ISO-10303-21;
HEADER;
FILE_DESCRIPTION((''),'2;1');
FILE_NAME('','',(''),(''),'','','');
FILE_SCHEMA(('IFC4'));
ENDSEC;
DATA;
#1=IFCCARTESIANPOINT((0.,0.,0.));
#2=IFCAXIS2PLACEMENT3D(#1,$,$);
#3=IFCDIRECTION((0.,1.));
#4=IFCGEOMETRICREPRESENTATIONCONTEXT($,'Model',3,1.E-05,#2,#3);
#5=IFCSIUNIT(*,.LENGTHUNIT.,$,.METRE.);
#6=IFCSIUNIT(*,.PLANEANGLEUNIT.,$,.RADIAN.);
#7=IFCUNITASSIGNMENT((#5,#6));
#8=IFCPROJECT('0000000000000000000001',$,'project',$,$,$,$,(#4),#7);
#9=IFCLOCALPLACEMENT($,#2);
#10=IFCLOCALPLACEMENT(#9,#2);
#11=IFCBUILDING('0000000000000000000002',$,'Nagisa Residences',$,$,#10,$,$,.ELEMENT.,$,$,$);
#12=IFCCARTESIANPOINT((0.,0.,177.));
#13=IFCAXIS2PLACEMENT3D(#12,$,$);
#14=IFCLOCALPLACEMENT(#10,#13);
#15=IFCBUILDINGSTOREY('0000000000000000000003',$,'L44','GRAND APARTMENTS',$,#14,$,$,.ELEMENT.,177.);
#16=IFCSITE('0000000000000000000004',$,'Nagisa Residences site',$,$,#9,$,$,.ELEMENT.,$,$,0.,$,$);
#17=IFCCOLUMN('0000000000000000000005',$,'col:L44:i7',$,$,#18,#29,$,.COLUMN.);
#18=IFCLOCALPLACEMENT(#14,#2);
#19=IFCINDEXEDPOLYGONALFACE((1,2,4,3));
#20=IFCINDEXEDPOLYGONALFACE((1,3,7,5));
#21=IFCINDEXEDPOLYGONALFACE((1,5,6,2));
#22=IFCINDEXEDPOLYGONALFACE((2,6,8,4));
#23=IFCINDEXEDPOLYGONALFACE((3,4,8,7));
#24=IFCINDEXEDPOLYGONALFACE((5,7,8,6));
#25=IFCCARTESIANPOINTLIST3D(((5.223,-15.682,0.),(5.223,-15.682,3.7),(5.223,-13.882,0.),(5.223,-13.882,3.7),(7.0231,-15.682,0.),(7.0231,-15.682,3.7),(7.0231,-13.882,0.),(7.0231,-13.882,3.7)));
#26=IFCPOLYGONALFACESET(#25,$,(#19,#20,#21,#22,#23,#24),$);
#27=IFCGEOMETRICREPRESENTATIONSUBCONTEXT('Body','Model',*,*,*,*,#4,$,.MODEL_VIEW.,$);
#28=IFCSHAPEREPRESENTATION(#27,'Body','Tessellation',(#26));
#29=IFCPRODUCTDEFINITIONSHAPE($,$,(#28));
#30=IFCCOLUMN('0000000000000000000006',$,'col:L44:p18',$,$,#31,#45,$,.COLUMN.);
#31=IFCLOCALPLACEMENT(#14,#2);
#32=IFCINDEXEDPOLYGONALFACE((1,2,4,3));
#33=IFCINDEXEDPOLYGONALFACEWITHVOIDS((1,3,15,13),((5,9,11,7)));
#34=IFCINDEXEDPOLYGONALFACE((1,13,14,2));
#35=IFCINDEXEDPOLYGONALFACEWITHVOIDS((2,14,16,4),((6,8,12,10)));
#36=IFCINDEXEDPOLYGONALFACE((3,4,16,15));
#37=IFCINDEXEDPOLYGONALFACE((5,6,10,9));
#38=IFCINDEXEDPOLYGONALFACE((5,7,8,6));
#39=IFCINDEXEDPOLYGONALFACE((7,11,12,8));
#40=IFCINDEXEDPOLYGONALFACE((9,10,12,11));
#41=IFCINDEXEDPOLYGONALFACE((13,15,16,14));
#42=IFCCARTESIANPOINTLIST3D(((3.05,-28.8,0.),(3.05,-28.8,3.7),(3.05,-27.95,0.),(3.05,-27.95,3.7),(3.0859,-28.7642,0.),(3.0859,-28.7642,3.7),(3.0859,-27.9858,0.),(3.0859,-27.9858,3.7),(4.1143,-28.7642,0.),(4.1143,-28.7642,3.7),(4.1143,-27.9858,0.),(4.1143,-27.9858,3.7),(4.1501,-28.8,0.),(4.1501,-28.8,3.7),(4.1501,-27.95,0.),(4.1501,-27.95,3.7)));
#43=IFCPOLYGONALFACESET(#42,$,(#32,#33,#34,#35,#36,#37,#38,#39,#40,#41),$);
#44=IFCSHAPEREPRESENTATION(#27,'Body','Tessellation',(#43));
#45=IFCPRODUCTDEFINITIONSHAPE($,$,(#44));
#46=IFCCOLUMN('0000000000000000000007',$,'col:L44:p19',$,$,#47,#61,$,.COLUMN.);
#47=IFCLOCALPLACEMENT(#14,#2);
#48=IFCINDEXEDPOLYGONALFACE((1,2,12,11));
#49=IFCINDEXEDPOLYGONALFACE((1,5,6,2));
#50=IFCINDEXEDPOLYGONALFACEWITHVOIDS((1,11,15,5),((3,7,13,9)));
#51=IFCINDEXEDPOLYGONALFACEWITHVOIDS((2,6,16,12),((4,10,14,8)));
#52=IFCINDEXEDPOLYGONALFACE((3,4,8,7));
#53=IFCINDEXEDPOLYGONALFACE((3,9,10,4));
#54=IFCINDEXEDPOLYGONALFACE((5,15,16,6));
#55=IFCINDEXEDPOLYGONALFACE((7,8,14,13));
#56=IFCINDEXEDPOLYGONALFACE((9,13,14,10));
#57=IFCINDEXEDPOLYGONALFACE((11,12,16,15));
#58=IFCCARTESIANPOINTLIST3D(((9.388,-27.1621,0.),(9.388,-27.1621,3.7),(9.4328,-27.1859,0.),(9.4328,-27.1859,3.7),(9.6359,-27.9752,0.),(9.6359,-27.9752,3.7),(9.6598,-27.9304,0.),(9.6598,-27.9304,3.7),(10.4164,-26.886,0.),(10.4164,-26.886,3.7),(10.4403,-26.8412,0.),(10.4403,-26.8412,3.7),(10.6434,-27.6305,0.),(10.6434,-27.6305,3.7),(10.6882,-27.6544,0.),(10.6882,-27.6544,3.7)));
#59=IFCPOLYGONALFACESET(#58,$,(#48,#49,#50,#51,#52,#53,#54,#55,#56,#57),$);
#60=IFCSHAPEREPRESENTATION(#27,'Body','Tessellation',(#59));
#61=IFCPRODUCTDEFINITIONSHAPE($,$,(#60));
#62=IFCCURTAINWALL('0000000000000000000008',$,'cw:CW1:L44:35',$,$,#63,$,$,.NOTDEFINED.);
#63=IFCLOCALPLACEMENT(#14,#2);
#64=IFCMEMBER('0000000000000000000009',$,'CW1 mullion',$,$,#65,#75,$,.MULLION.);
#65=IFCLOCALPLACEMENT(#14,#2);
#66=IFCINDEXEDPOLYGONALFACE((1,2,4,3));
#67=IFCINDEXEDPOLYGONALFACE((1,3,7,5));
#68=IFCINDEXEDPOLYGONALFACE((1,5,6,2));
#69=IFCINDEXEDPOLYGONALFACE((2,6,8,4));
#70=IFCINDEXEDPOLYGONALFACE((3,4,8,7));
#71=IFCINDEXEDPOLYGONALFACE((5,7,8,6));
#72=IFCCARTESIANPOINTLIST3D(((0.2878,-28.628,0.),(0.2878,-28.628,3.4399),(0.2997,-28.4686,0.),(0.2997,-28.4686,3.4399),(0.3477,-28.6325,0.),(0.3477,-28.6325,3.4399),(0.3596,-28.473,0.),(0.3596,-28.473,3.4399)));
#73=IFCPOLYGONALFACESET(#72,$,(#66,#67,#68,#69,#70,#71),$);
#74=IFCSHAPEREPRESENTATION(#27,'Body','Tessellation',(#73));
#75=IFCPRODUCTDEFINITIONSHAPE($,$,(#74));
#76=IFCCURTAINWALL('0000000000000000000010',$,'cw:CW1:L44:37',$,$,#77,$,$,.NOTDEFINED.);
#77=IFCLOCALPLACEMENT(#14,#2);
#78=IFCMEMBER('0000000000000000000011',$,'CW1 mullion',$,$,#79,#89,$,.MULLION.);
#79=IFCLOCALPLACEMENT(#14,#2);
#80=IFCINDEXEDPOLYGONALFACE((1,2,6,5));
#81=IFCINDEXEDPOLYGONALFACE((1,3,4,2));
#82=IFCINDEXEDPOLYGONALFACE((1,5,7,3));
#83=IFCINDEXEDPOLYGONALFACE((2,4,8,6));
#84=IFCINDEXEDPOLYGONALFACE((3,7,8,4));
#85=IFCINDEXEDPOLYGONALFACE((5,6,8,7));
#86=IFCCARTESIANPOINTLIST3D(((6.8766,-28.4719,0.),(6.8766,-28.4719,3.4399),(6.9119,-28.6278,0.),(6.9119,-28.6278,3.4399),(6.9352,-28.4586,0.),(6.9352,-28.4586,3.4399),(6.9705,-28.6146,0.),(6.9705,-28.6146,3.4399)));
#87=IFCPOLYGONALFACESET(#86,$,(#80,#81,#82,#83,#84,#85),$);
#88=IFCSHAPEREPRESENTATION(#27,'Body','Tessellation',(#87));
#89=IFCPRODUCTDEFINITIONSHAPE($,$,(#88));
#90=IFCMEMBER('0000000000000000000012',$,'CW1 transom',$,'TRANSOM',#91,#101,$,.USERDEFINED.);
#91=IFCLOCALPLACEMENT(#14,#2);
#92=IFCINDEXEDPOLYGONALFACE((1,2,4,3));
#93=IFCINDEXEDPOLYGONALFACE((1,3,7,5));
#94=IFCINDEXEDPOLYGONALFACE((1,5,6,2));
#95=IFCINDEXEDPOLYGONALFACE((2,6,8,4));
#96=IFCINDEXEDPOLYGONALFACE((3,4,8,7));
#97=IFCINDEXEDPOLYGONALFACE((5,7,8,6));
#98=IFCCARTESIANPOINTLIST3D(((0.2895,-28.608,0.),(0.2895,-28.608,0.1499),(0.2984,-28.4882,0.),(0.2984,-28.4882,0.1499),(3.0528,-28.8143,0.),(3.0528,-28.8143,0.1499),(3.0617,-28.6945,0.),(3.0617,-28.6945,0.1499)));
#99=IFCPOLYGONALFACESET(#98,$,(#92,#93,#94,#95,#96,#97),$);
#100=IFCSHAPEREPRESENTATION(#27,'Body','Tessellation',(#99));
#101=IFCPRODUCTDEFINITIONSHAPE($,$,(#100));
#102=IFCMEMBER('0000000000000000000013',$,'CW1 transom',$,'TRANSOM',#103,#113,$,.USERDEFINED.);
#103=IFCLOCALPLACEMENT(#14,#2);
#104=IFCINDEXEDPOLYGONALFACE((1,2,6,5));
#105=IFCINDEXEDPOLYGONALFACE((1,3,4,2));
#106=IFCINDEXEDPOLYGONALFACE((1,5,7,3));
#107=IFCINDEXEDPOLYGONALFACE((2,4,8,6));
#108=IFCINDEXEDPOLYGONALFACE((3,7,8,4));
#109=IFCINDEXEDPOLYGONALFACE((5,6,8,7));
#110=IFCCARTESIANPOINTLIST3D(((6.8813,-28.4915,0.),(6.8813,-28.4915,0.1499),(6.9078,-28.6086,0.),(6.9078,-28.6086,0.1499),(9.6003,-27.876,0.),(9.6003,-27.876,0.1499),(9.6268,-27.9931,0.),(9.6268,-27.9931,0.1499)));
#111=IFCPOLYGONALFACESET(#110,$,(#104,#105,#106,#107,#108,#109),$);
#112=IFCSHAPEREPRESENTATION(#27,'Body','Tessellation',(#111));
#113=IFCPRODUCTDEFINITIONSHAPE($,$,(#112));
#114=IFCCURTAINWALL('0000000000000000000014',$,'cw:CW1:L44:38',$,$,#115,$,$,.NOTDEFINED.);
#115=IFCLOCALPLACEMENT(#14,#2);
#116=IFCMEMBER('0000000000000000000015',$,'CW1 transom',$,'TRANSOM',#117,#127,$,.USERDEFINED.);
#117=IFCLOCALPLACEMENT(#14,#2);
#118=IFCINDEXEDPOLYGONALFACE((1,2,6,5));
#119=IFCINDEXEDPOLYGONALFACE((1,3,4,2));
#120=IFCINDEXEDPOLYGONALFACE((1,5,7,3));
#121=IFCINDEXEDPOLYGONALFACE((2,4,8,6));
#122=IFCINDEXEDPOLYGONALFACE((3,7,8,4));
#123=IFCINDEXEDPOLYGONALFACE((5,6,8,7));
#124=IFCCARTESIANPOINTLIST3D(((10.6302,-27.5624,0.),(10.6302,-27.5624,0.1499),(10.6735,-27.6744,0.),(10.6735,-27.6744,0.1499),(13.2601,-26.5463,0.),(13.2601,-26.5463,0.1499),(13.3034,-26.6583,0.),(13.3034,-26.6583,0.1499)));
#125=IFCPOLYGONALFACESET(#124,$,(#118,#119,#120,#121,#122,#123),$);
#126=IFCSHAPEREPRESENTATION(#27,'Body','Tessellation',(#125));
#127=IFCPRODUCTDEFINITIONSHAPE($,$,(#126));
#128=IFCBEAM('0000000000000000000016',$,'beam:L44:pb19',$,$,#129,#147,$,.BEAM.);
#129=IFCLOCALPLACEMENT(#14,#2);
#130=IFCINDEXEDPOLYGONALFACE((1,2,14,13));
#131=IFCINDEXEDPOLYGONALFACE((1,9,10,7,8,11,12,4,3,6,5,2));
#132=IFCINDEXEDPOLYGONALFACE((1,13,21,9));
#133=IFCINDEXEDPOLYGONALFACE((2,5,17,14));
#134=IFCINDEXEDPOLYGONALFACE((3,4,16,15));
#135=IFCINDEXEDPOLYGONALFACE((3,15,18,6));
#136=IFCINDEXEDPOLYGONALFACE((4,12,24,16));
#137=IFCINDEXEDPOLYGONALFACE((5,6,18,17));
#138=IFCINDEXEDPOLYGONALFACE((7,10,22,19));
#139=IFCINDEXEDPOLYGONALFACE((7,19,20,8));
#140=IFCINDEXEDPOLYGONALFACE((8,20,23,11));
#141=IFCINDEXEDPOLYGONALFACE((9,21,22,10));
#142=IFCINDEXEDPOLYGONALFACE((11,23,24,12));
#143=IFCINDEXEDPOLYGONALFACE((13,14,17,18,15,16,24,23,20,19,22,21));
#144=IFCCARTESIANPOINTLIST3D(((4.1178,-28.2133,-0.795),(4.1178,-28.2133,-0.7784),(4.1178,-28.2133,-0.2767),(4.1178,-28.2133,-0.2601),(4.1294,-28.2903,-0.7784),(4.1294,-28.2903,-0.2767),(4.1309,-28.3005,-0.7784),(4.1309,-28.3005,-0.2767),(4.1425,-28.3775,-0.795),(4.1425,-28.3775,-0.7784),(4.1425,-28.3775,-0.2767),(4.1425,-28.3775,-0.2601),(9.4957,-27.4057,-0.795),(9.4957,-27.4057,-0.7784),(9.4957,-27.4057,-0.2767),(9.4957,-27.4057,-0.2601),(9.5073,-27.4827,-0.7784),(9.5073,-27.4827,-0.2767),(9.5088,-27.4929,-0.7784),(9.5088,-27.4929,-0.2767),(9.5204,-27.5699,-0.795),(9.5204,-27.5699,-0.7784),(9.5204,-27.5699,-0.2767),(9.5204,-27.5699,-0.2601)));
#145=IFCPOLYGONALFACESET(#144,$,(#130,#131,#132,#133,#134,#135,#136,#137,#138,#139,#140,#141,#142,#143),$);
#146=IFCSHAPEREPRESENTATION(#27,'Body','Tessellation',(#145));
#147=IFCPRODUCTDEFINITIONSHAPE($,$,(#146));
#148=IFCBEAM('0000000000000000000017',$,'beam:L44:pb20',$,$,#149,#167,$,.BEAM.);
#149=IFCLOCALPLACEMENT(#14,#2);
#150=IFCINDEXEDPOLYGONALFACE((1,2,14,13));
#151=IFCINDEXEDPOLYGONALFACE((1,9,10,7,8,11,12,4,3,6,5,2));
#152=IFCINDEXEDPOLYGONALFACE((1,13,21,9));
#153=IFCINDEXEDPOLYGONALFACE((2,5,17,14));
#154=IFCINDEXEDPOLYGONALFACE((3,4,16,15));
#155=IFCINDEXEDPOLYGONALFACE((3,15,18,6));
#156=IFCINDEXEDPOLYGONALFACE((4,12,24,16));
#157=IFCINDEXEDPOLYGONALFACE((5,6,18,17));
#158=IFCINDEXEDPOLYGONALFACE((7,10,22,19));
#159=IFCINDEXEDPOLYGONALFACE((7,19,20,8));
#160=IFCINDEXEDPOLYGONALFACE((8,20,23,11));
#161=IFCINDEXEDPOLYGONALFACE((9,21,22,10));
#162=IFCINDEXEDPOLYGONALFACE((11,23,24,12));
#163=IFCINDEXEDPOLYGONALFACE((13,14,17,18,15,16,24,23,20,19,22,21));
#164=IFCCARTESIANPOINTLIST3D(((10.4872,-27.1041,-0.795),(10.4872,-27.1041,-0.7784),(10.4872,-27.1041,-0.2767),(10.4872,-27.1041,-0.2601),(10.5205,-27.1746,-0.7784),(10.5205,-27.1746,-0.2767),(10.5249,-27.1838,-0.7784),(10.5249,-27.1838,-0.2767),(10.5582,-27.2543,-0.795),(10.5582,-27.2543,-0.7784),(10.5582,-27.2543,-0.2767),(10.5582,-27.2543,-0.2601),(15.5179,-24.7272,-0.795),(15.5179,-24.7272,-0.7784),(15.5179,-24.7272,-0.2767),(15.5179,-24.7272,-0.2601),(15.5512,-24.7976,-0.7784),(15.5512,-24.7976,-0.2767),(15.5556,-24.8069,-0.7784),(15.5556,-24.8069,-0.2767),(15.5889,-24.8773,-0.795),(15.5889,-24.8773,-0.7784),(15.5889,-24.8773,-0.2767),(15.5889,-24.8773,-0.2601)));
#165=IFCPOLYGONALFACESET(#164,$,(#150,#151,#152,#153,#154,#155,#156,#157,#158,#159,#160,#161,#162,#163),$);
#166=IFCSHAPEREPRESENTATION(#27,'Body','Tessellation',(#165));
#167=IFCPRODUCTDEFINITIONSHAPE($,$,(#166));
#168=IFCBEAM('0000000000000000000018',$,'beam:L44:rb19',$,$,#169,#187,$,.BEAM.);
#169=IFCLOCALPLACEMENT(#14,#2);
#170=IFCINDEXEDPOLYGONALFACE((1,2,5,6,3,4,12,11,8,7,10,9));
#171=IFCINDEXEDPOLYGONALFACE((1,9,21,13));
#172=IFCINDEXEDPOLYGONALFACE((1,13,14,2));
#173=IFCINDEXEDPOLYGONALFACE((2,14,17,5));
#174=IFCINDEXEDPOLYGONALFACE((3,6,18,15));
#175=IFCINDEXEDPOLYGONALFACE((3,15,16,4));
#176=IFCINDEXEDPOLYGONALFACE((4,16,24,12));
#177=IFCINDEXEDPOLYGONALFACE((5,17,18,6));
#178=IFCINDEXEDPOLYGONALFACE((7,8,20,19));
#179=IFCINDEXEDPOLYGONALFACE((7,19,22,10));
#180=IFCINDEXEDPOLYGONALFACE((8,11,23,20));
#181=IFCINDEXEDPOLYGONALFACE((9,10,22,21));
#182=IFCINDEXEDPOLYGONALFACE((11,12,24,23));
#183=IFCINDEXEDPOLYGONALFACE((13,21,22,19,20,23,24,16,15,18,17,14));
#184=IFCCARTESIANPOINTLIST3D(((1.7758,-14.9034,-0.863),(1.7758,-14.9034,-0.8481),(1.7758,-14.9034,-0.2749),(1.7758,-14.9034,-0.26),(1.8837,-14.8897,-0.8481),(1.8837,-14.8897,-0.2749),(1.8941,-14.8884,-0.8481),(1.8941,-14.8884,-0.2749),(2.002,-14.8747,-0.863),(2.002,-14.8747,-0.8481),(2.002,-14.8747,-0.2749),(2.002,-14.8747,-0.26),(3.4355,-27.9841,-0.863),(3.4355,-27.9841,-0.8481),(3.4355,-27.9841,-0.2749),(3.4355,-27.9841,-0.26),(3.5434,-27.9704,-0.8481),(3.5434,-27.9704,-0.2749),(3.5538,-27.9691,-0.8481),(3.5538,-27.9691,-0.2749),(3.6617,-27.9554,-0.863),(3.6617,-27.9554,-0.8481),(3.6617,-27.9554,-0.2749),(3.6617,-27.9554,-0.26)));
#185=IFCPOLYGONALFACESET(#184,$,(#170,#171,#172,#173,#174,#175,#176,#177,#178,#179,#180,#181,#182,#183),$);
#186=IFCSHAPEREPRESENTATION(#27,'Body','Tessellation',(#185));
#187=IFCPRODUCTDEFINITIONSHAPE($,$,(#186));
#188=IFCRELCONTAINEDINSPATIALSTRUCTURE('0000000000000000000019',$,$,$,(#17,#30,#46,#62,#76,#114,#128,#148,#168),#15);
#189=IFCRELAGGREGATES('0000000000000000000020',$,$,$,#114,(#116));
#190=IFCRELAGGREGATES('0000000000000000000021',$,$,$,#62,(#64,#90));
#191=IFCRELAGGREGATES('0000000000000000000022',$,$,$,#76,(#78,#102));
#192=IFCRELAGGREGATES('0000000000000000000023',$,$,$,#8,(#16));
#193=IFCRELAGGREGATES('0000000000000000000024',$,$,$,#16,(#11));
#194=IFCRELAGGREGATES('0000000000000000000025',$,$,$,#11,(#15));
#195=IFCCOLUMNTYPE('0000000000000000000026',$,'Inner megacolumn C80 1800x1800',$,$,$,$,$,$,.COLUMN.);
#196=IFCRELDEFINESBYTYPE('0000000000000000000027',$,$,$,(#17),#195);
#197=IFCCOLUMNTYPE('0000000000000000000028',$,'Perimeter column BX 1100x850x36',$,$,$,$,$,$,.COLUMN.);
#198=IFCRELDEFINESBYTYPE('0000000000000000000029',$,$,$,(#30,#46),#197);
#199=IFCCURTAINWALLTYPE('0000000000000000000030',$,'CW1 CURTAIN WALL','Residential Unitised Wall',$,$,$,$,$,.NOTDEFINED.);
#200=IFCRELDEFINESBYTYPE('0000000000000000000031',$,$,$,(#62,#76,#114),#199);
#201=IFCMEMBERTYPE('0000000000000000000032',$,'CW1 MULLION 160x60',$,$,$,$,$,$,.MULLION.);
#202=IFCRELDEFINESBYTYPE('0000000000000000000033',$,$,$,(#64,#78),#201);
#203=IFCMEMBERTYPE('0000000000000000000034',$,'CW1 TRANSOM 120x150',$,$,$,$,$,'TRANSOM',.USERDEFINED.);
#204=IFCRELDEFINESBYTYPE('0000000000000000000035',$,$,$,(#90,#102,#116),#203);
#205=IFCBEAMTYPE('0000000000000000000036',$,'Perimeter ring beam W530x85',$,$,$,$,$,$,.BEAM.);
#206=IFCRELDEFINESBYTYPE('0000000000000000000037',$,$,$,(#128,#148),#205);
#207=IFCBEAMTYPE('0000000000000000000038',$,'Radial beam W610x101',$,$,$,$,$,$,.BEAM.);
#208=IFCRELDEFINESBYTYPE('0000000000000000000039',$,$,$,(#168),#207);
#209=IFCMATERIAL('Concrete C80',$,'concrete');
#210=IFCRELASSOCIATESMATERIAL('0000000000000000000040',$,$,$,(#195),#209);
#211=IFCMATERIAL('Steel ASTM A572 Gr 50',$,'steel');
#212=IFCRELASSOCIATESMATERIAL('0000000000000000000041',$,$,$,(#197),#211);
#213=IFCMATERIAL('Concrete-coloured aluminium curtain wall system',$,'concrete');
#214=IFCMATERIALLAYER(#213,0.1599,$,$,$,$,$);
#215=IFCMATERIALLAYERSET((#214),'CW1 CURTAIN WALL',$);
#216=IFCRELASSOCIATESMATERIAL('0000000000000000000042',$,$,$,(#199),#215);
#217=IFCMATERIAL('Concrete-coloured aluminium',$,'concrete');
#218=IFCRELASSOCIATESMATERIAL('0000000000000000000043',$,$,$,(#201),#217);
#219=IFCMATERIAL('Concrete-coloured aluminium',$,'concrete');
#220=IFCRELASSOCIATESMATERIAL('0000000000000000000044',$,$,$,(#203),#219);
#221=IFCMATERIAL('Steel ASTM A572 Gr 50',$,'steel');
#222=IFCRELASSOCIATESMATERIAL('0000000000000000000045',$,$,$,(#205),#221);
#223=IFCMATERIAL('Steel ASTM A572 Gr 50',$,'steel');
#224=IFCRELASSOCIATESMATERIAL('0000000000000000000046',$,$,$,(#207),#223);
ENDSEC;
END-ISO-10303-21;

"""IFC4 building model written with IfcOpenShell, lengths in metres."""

from ifc_helpers import new_model, si_unit, direction, frame, origin, origin_2d, place, context, subcontext, project, spatial, rectangle, hollow_rectangle, i_section, extrude, material, layer, layer_set, material_profile, profile_set, type_object, element, aggregate, save


model = new_model("IFC4")

# Units and contexts
model_context = context("Model", 3, precision=1e-05, world=origin(), true_north=direction((0.0, 1.0)))
body_context = subcontext(model_context, "Body", "Model", "MODEL_VIEW")
ifc_project = project(units=[si_unit("LENGTHUNIT", "METRE"), si_unit("PLANEANGLEUNIT", "RADIAN")], contexts=[model_context])

# Site, building, storey
site_placement = place(None, origin())
site = spatial("IfcSite", under=ifc_project, at=site_placement, Name="Nagisa Residences site", CompositionType="ELEMENT", RefElevation=0.0)
building_placement = place(site_placement, origin())
building = spatial("IfcBuilding", under=site, at=building_placement, Name="Nagisa Residences", CompositionType="ELEMENT")
storey_placement = place(building_placement, frame((0.0, 0.0, 177.0)))
storey = spatial("IfcBuildingStorey", under=building, at=storey_placement, Name="L44", Description="GRAND APARTMENTS", CompositionType="ELEMENT", Elevation=177.0)

# Columns
ifc_material_1 = material(Name="Concrete C80", Category="concrete")
ifc_material_profile_1 = material_profile(ifc_material_1, rectangle(XDim=1.8, YDim=1.8, at=origin_2d()), Name="C80 1800x1800")
ifc_profile_set_1 = profile_set([ifc_material_profile_1], Name="Concrete C80")
column_type_1 = type_object("IfcColumnType", Name="Inner megacolumn C80 1800x1800", PredefinedType="COLUMN", material=ifc_profile_set_1)
column_placement = place(storey_placement, frame((6.123, -14.782, 0.0), z_axis=(0.0, 0.0, 1.0), x_axis=(1.0, 0.0, 0.0)))
element("IfcColumn", 1, at=column_placement, inside=storey, type_object=column_type_1, Name="col:L44:i7", PredefinedType="COLUMN", context=body_context, shape_type="SweptSolid", body=[
    extrude(rectangle(XDim=1.8, YDim=1.8, at=origin_2d()), origin(), (0.0, 0.0, 1.0), 3.7),
])
ifc_material_2 = material(Name="Steel ASTM A572 Gr 50", Category="steel")
ifc_material_profile_2 = material_profile(ifc_material_2, hollow_rectangle(XDim=1.1001, YDim=0.8501, WallThickness=0.0359, at=origin_2d()), Name="BX 1100x850x36")
ifc_profile_set_2 = profile_set([ifc_material_profile_2], Name="Steel ASTM A572 Gr 50")
column_type_2 = type_object("IfcColumnType", Name="Perimeter column BX 1100x850x36", PredefinedType="COLUMN", material=ifc_profile_set_2)
for number, where, z_axis, x_axis, name in (
    (2, (3.6001, -28.375, 0.0), (0.0, 0.0, 1.0), (1.0, 0.0, 0.0), "col:L44:p18"),
    (3, (10.0381, -27.4082, 0.0), (0.0, 0.0, 1.0), (0.956525, 0.291652, 0.0), "col:L44:p19"),
):
    element("IfcColumn", number, at=place(storey_placement, frame(where, z_axis=z_axis, x_axis=x_axis)), inside=storey, type_object=column_type_2, Name=name, PredefinedType="COLUMN", context=body_context, shape_type="SweptSolid", body=[
        extrude(hollow_rectangle(XDim=1.1001, YDim=0.8501, WallThickness=0.0359, at=origin_2d()), origin(), (0.0, 0.0, 1.0), 3.7),
    ])

# Curtain walls, members
ifc_material_3 = material(Name="Concrete-coloured aluminium curtain wall system", Category="concrete")
ifc_layer_1 = layer(ifc_material_3, 0.1599)
ifc_layer_set_1 = layer_set([ifc_layer_1], Name="CW1 CURTAIN WALL")
curtain_wall_type = type_object("IfcCurtainWallType", Name="CW1 CURTAIN WALL", Description="Residential Unitised Wall", PredefinedType="NOTDEFINED", material=ifc_layer_set_1)
curtain_wall_1_placement = place(storey_placement, origin())
curtain_wall_1 = element("IfcCurtainWall", 4, at=curtain_wall_1_placement, inside=storey, type_object=curtain_wall_type, Name="cw:CW1:L44:35", PredefinedType="NOTDEFINED")
ifc_material_4 = material(Name="Concrete-coloured aluminium", Category="concrete")
ifc_material_profile_3 = material_profile(ifc_material_4, rectangle(XDim=0.1599, YDim=0.0601, at=origin_2d()), Name="CW1 MULLION 160x60")
ifc_profile_set_3 = profile_set([ifc_material_profile_3], Name="Concrete-coloured aluminium")
member_type_1 = type_object("IfcMemberType", Name="CW1 MULLION 160x60", PredefinedType="MULLION", material=ifc_profile_set_3)
member_1_placement = place(storey_placement, frame((0.3237, -28.5505, 0.0), z_axis=(0.0, 0.0, 1.0), x_axis=(0.074377, 0.99723, 0.0)))
member_1 = element("IfcMember", 5, at=member_1_placement, type_object=member_type_1, Name="CW1 mullion", PredefinedType="MULLION", context=body_context, shape_type="SweptSolid", body=[
    extrude(rectangle(XDim=0.1599, YDim=0.0601, at=origin_2d()), origin(), (0.0, 0.0, 1.0), 3.4399),
])
curtain_wall_2_placement = place(storey_placement, origin())
curtain_wall_2 = element("IfcCurtainWall", 6, at=curtain_wall_2_placement, inside=storey, type_object=curtain_wall_type, Name="cw:CW1:L44:37", PredefinedType="NOTDEFINED")
member_2_placement = place(storey_placement, frame((6.9236, -28.5432, 0.0), z_axis=(0.0, 0.0, 1.0), x_axis=(-0.220764, 0.975327, 0.0)))
member_2 = element("IfcMember", 7, at=member_2_placement, type_object=member_type_1, Name="CW1 mullion", PredefinedType="MULLION", context=body_context, shape_type="SweptSolid", body=[
    extrude(rectangle(XDim=0.1599, YDim=0.0601, at=origin_2d()), origin(), (0.0, 0.0, 1.0), 3.4399),
])

# Members
ifc_material_5 = material(Name="Concrete-coloured aluminium", Category="concrete")
ifc_material_profile_4 = material_profile(ifc_material_5, rectangle(XDim=0.1201, YDim=0.1499, at=origin_2d()), Name="CW1 TRANSOM 120x150")
ifc_profile_set_4 = profile_set([ifc_material_profile_4], Name="Concrete-coloured aluminium")
member_type_2 = type_object("IfcMemberType", Name="CW1 TRANSOM 120x150", ElementType="TRANSOM", PredefinedType="USERDEFINED", material=ifc_profile_set_4)
member_3_placement = place(storey_placement, frame((0.2939, -28.5481, 0.075), z_axis=(0.997225, -0.074446, 0.0), x_axis=(0.074446, 0.997225, 0.0)))
member_3 = element("IfcMember", 8, at=member_3_placement, type_object=member_type_2, Name="CW1 transom", ObjectType="TRANSOM", PredefinedType="USERDEFINED", context=body_context, shape_type="SweptSolid", body=[
    extrude(rectangle(XDim=0.1201, YDim=0.1499, at=origin_2d()), origin(), (0.0, 0.0, 1.0), 2.771),
])
member_4_placement = place(storey_placement, frame((6.8945, -28.55, 0.075), z_axis=(0.975324, 0.220777, 0.0), x_axis=(-0.220777, 0.975324, 0.0)))
member_4 = element("IfcMember", 9, at=member_4_placement, type_object=member_type_2, Name="CW1 transom", ObjectType="TRANSOM", PredefinedType="USERDEFINED", context=body_context, shape_type="SweptSolid", body=[
    extrude(rectangle(XDim=0.1201, YDim=0.1499, at=origin_2d()), origin(), (0.0, 0.0, 1.0), 2.7878),
])

# Curtain wall, member
curtain_wall_3_placement = place(storey_placement, origin())
curtain_wall_3 = element("IfcCurtainWall", 10, at=curtain_wall_3_placement, inside=storey, type_object=curtain_wall_type, Name="cw:CW1:L44:38", PredefinedType="NOTDEFINED")
member_5_placement = place(storey_placement, frame((10.6519, -27.6184, 0.075), z_axis=(0.932795, 0.360406, 0.0), x_axis=(-0.360406, 0.932795, 0.0)))
member_5 = element("IfcMember", 11, at=member_5_placement, type_object=member_type_2, Name="CW1 transom", ObjectType="TRANSOM", PredefinedType="USERDEFINED", context=body_context, shape_type="SweptSolid", body=[
    extrude(rectangle(XDim=0.1201, YDim=0.1499, at=origin_2d()), origin(), (0.0, 0.0, 1.0), 2.8193),
])
aggregate(curtain_wall_3, [member_5])

# Beams
ifc_material_6 = material(Name="Steel ASTM A572 Gr 50", Category="steel")
ifc_material_profile_5 = material_profile(ifc_material_6, i_section(OverallWidth=0.166, OverallDepth=0.5349, WebThickness=0.0103, FlangeThickness=0.0166, at=origin_2d()), Name="W530x85")
ifc_profile_set_5 = profile_set([ifc_material_profile_5], Name="Steel ASTM A572 Gr 50")
beam_type_1 = type_object("IfcBeamType", Name="Perimeter ring beam W530x85", PredefinedType="BEAM", material=ifc_profile_set_5)
beam_1_placement = place(storey_placement, frame((4.1301, -28.2954, -0.5276), z_axis=(0.988911, 0.148507, 0.0), x_axis=(-0.148507, 0.988911, 0.0)))
element("IfcBeam", 12, at=beam_1_placement, inside=storey, type_object=beam_type_1, Name="beam:L44:pb19", PredefinedType="BEAM", context=body_context, shape_type="SweptSolid", body=[
    extrude(i_section(OverallWidth=0.166, OverallDepth=0.5349, WebThickness=0.0103, FlangeThickness=0.0166, at=origin_2d()), origin(), (0.0, 0.0, 1.0), 5.4382),
])
beam_2_placement = place(storey_placement, frame((10.5227, -27.1792, -0.5276), z_axis=(0.904157, 0.4272, 0.0), x_axis=(-0.4272, 0.904157, 0.0)))
element("IfcBeam", 13, at=beam_2_placement, inside=storey, type_object=beam_type_1, Name="beam:L44:pb20", PredefinedType="BEAM", context=body_context, shape_type="SweptSolid", body=[
    extrude(i_section(OverallWidth=0.166, OverallDepth=0.5349, WebThickness=0.0103, FlangeThickness=0.0166, at=origin_2d()), origin(), (0.0, 0.0, 1.0), 5.564),
])
ifc_material_7 = material(Name="Steel ASTM A572 Gr 50", Category="steel")
ifc_material_profile_6 = material_profile(ifc_material_7, i_section(OverallWidth=0.228, OverallDepth=0.603, WebThickness=0.0105, FlangeThickness=0.0149, at=origin_2d()), Name="W610x101")
ifc_profile_set_6 = profile_set([ifc_material_profile_6], Name="Steel ASTM A572 Gr 50")
beam_type_2 = type_object("IfcBeamType", Name="Radial beam W610x101", PredefinedType="BEAM", material=ifc_profile_set_6)
beam_3_placement = place(storey_placement, frame((3.5486, -27.9697, -0.5615), z_axis=(-0.125871, 0.992047, 0.0), x_axis=(-0.992047, -0.125871, 0.0)))
element("IfcBeam", 14, at=beam_3_placement, inside=storey, type_object=beam_type_2, Name="beam:L44:rb19", PredefinedType="BEAM", context=body_context, shape_type="SweptSolid", body=[
    extrude(i_section(OverallWidth=0.228, OverallDepth=0.603, WebThickness=0.0105, FlangeThickness=0.0149, at=origin_2d()), origin(), (0.0, 0.0, 1.0), 13.1855),
])

aggregate(curtain_wall_1, [member_1, member_3])
aggregate(curtain_wall_2, [member_2, member_4])

save(model, "model.ifc")
